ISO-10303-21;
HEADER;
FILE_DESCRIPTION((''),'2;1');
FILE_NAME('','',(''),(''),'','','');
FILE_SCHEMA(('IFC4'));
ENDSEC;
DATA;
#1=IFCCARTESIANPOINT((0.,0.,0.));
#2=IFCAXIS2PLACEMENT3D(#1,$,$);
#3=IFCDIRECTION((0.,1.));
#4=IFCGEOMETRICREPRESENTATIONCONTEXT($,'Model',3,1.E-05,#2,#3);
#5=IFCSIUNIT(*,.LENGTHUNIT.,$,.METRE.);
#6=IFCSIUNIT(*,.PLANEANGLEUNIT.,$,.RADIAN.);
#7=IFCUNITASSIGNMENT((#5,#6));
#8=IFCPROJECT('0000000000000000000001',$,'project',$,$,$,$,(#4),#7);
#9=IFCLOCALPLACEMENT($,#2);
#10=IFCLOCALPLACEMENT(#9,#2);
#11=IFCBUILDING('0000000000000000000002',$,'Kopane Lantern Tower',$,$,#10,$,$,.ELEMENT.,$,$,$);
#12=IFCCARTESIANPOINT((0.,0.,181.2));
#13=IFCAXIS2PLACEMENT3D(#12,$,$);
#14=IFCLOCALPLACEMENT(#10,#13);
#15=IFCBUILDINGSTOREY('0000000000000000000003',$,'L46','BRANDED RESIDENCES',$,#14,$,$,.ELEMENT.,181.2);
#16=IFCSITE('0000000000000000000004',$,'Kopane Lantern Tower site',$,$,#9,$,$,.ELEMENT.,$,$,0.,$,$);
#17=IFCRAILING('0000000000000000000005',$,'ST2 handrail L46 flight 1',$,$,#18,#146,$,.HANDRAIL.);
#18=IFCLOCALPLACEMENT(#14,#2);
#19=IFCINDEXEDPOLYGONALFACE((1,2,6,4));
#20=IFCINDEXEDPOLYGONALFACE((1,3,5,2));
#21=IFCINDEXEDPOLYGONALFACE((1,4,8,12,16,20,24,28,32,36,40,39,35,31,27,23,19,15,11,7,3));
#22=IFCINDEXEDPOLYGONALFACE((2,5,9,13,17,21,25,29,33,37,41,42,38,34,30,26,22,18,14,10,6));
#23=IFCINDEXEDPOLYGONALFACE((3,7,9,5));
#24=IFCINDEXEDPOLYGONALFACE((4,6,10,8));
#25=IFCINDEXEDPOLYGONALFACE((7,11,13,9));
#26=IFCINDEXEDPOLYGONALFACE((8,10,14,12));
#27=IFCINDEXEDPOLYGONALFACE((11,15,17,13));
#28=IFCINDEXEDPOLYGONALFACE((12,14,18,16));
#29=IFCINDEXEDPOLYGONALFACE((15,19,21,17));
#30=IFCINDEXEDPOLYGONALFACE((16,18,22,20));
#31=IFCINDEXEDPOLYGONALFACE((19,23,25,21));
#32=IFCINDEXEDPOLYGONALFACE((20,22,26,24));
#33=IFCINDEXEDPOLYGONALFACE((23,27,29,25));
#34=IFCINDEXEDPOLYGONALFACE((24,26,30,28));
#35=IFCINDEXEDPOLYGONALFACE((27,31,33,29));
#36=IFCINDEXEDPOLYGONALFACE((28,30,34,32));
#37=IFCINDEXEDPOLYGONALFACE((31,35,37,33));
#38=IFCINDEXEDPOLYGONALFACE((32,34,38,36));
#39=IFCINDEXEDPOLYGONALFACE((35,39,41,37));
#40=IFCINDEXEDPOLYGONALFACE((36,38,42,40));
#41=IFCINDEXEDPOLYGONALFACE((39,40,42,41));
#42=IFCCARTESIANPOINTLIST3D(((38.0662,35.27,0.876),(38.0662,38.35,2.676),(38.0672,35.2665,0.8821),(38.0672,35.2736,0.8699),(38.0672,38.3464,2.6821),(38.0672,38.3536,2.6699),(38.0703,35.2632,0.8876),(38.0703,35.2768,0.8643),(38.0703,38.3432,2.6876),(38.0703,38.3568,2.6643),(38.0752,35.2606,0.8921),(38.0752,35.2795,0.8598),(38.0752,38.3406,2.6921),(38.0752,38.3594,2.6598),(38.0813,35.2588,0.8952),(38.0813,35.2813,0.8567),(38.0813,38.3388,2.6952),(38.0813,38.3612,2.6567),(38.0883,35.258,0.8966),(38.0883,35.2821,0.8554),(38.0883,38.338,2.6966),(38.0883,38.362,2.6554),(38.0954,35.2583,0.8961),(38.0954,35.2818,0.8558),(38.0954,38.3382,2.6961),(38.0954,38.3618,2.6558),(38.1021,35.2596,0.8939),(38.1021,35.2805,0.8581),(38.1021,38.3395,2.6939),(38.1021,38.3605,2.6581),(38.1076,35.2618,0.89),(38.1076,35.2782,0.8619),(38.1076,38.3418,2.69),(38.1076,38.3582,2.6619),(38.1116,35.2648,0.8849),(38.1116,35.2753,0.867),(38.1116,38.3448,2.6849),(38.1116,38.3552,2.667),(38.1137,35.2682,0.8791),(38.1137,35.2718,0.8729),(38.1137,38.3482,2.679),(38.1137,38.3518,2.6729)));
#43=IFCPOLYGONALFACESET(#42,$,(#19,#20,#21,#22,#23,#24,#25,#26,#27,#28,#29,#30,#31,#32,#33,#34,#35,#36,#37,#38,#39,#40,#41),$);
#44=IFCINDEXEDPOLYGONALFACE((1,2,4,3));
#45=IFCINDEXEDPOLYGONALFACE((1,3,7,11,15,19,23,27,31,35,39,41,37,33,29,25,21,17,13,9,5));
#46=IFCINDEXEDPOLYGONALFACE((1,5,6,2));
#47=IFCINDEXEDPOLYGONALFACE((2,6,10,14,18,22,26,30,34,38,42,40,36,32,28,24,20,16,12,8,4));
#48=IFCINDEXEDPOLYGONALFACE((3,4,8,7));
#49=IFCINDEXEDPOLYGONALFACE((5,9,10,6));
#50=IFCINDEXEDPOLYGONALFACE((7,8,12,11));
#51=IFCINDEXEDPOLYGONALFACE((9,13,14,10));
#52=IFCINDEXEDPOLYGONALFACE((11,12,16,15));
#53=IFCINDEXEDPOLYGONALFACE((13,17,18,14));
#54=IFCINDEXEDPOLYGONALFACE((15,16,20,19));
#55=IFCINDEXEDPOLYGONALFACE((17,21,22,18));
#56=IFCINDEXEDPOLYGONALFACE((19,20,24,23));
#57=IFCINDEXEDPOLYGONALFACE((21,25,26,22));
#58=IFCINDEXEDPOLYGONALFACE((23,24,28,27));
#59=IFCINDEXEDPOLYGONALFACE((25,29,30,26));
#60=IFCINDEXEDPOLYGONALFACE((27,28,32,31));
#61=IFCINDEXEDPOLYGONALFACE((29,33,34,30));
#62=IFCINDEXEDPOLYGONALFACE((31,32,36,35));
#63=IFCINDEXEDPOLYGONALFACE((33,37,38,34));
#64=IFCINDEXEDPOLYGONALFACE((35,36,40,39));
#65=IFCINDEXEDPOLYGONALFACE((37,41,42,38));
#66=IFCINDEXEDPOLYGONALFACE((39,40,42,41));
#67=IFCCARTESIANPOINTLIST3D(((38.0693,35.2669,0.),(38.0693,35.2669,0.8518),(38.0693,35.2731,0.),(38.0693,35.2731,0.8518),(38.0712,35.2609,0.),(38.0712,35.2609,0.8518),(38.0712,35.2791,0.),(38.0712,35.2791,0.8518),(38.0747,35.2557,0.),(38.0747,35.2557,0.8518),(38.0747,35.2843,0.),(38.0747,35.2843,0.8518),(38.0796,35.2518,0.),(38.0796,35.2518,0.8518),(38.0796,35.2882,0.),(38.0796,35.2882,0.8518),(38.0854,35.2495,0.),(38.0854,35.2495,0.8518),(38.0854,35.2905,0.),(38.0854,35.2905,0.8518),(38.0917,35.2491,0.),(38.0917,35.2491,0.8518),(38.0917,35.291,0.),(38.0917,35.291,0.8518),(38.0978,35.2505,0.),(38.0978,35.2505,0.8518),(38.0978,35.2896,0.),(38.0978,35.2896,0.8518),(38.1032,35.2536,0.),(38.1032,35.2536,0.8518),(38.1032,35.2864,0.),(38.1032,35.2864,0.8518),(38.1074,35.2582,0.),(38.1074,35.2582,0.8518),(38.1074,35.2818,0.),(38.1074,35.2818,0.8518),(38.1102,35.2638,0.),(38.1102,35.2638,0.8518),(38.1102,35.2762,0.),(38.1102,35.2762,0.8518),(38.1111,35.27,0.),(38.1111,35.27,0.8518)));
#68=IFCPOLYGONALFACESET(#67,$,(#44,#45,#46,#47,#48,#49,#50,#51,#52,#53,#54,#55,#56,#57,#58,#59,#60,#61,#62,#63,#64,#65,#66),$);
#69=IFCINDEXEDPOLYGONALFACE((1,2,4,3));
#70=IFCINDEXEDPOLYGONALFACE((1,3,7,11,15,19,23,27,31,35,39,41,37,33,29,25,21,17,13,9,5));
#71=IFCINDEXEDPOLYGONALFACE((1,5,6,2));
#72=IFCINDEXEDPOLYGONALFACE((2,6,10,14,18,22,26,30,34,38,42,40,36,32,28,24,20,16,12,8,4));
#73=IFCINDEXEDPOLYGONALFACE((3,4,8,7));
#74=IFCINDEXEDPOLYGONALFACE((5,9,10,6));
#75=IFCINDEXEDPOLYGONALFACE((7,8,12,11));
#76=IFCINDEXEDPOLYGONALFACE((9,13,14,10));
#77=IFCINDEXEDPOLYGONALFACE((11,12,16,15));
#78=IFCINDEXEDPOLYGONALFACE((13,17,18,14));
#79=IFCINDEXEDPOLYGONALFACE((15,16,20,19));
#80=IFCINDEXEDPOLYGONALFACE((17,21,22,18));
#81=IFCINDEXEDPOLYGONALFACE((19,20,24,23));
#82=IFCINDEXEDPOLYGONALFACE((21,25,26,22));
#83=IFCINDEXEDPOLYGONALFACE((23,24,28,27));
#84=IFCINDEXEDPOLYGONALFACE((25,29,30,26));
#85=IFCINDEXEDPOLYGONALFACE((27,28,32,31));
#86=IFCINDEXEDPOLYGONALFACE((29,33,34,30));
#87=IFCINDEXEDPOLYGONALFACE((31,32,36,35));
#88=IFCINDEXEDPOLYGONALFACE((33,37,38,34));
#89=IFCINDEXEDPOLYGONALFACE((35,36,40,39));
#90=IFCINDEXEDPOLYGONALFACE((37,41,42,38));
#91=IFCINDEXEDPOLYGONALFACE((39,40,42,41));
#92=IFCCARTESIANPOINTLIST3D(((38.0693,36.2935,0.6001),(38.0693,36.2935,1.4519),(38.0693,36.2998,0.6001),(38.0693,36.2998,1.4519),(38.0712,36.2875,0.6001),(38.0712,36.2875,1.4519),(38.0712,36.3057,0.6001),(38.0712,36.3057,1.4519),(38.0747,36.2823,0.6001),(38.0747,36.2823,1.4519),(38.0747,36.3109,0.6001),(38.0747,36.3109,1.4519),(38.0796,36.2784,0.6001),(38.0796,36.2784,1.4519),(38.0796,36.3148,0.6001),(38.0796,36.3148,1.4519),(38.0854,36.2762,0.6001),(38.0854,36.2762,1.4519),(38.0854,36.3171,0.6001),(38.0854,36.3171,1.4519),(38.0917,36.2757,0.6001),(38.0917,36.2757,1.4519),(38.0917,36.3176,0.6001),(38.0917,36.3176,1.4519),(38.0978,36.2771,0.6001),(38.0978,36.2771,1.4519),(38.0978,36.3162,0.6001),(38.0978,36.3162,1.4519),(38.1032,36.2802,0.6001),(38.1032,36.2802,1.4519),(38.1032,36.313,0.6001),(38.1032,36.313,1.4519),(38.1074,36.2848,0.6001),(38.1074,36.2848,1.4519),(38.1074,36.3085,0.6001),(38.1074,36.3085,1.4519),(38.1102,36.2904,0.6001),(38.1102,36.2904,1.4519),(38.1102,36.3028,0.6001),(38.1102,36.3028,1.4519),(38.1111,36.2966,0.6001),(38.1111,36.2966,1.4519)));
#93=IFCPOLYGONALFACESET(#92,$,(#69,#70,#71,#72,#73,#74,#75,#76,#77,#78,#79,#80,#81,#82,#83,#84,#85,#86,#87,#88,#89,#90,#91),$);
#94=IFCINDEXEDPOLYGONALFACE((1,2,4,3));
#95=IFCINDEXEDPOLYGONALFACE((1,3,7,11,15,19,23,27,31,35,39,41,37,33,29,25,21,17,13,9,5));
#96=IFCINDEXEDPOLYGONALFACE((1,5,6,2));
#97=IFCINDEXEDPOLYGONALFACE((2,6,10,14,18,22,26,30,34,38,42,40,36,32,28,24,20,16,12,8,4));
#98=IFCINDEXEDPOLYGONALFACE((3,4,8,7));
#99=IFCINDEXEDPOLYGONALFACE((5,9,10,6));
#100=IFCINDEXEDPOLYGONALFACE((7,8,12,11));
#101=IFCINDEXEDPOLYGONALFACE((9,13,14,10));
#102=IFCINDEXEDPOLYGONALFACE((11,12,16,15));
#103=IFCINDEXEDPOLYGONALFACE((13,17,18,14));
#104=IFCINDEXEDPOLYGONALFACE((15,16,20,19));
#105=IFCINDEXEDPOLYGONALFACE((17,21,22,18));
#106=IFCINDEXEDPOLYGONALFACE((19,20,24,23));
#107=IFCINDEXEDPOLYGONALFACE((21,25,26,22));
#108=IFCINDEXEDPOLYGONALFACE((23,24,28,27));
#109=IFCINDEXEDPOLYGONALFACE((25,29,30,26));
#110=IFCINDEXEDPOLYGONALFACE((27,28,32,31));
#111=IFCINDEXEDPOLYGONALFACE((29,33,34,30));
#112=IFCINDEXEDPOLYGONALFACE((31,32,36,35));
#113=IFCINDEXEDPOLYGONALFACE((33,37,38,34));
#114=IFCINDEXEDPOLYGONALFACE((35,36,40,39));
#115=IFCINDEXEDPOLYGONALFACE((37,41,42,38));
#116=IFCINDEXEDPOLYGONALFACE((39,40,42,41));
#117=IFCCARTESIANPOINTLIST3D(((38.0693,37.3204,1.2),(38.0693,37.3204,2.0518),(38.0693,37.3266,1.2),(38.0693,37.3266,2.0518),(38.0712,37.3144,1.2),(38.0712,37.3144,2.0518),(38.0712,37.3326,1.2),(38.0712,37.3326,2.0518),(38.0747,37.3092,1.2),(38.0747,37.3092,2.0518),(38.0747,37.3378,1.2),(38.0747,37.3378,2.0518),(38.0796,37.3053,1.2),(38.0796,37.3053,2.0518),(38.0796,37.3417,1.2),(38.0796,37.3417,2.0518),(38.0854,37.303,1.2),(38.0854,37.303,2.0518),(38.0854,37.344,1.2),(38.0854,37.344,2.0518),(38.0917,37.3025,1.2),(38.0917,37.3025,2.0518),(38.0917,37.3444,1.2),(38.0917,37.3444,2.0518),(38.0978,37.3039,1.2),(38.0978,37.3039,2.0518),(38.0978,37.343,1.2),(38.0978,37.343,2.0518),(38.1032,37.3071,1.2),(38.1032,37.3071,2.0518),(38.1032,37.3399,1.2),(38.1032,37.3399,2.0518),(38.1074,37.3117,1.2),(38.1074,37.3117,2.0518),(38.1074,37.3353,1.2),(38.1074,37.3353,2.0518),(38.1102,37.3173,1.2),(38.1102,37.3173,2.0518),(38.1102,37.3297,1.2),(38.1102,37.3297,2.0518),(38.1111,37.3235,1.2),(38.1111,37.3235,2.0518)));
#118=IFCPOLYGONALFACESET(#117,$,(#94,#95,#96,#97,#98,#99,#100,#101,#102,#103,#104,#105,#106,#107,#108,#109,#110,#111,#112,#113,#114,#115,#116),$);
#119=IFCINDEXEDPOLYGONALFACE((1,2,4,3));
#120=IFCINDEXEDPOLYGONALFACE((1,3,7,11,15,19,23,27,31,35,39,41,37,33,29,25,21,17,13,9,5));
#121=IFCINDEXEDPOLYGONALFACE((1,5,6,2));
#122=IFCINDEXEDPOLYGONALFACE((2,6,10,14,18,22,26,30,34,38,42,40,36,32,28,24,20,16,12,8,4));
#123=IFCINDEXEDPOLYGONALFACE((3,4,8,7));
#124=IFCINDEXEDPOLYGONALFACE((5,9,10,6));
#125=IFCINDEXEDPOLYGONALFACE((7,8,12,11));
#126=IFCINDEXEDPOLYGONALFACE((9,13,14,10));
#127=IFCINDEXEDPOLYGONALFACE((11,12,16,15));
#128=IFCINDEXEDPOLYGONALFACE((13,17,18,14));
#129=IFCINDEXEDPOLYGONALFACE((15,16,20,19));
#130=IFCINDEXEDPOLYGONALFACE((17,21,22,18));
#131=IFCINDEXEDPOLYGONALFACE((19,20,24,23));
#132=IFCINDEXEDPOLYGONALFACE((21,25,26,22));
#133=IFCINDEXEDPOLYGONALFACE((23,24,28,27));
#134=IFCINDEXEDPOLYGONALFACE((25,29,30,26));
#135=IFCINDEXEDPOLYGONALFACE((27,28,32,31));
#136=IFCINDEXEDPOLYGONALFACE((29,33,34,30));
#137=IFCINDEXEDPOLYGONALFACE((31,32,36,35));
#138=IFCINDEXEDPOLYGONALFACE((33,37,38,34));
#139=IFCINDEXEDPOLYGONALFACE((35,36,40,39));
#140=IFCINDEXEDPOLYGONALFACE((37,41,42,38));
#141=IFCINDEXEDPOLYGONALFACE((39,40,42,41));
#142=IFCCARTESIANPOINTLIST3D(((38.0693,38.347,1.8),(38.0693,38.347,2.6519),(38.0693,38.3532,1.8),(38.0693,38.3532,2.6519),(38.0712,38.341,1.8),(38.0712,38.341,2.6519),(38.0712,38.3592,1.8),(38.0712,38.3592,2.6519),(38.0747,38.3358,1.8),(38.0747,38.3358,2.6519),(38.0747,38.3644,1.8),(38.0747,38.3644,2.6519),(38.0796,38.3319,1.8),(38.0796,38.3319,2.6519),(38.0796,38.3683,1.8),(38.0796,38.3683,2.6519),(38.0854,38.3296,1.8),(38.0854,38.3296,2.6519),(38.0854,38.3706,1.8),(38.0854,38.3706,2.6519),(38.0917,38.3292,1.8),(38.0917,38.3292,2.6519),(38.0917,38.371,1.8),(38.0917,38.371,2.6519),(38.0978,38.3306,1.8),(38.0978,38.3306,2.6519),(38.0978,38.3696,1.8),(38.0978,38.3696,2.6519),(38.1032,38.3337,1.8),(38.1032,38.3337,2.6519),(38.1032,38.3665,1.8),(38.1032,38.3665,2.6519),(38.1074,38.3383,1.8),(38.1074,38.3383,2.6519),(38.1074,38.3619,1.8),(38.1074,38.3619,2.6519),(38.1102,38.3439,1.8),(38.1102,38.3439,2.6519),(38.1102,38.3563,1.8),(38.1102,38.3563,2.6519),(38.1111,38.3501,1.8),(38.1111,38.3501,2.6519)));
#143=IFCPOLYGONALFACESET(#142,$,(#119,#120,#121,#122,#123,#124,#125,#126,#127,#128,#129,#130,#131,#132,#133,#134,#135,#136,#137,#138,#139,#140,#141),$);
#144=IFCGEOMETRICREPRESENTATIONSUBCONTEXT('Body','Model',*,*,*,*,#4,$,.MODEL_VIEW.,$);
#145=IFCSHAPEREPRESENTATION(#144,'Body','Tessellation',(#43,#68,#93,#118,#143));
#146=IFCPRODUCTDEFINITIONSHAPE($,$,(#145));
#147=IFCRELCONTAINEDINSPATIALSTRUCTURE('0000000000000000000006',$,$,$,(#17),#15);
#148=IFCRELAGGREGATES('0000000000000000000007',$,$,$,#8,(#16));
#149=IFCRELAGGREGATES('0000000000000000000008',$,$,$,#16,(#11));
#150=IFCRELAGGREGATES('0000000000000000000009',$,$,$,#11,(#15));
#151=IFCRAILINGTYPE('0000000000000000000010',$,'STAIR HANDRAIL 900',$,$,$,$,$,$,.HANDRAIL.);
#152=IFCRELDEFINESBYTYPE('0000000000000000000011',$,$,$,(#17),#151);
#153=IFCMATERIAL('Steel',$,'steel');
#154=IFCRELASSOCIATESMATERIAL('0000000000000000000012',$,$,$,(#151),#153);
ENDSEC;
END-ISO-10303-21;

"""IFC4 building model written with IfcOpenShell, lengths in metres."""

from ifc_helpers import new_model, si_unit, direction, frame, origin, origin_2d, place, context, subcontext, project, spatial, circle, extrude, material, type_object, element, save


model = new_model("IFC4")

# Units and contexts
model_context = context("Model", 3, precision=1e-05, world=origin(), true_north=direction((0.0, 1.0)))
body_context = subcontext(model_context, "Body", "Model", "MODEL_VIEW")
ifc_project = project(units=[si_unit("LENGTHUNIT", "METRE"), si_unit("PLANEANGLEUNIT", "RADIAN")], contexts=[model_context])

# Site, building, storey
site_placement = place(None, origin())
site = spatial("IfcSite", under=ifc_project, at=site_placement, Name="Kopane Lantern Tower site", CompositionType="ELEMENT", RefElevation=0.0)
building_placement = place(site_placement, origin())
building = spatial("IfcBuilding", under=site, at=building_placement, Name="Kopane Lantern Tower", CompositionType="ELEMENT")
storey_placement = place(building_placement, frame((0.0, 0.0, 181.2)))
storey = spatial("IfcBuildingStorey", under=building, at=storey_placement, Name="L46", Description="BRANDED RESIDENCES", CompositionType="ELEMENT", Elevation=181.2)

# Railing
ifc_material_1 = material(Name="Steel", Category="steel")
railing_type_1 = type_object("IfcRailingType", Name="STAIR HANDRAIL 900", PredefinedType="HANDRAIL", material=ifc_material_1)
for number, where, name in (
    (1, (38.0901, 35.27, 0.0), "ST2 handrail L46 flight 1"),
):
    element("IfcRailing", number, at=place(storey_placement, frame(where)), inside=storey, type_object=railing_type_1, Name=name, PredefinedType="HANDRAIL", context=body_context, shape_type="SweptSolid", body=[
        extrude(circle(Radius=0.0239, at=origin_2d()), frame((0.0, 0.0, 0.876), z_axis=(0.0, 0.863372, 0.504569), x_axis=(-1.0, 0.0, 0.0)), (0.0, 0.0, 1.0), 3.5674),
        extrude(circle(Radius=0.021, at=origin_2d()), origin(), (0.0, 0.0, 1.0), 0.8518),
        extrude(circle(Radius=0.021, at=origin_2d()), frame((0.0, 1.0266, 0.6001)), (0.0, 0.0, 1.0), 0.8518),
        extrude(circle(Radius=0.021, at=origin_2d()), frame((0.0, 2.0535, 1.2)), (0.0, 0.0, 1.0), 0.8518),
        extrude(circle(Radius=0.021, at=origin_2d()), frame((0.0, 3.0801, 1.8)), (0.0, 0.0, 1.0), 0.8518),
    ])

save(model, "model.ifc")
